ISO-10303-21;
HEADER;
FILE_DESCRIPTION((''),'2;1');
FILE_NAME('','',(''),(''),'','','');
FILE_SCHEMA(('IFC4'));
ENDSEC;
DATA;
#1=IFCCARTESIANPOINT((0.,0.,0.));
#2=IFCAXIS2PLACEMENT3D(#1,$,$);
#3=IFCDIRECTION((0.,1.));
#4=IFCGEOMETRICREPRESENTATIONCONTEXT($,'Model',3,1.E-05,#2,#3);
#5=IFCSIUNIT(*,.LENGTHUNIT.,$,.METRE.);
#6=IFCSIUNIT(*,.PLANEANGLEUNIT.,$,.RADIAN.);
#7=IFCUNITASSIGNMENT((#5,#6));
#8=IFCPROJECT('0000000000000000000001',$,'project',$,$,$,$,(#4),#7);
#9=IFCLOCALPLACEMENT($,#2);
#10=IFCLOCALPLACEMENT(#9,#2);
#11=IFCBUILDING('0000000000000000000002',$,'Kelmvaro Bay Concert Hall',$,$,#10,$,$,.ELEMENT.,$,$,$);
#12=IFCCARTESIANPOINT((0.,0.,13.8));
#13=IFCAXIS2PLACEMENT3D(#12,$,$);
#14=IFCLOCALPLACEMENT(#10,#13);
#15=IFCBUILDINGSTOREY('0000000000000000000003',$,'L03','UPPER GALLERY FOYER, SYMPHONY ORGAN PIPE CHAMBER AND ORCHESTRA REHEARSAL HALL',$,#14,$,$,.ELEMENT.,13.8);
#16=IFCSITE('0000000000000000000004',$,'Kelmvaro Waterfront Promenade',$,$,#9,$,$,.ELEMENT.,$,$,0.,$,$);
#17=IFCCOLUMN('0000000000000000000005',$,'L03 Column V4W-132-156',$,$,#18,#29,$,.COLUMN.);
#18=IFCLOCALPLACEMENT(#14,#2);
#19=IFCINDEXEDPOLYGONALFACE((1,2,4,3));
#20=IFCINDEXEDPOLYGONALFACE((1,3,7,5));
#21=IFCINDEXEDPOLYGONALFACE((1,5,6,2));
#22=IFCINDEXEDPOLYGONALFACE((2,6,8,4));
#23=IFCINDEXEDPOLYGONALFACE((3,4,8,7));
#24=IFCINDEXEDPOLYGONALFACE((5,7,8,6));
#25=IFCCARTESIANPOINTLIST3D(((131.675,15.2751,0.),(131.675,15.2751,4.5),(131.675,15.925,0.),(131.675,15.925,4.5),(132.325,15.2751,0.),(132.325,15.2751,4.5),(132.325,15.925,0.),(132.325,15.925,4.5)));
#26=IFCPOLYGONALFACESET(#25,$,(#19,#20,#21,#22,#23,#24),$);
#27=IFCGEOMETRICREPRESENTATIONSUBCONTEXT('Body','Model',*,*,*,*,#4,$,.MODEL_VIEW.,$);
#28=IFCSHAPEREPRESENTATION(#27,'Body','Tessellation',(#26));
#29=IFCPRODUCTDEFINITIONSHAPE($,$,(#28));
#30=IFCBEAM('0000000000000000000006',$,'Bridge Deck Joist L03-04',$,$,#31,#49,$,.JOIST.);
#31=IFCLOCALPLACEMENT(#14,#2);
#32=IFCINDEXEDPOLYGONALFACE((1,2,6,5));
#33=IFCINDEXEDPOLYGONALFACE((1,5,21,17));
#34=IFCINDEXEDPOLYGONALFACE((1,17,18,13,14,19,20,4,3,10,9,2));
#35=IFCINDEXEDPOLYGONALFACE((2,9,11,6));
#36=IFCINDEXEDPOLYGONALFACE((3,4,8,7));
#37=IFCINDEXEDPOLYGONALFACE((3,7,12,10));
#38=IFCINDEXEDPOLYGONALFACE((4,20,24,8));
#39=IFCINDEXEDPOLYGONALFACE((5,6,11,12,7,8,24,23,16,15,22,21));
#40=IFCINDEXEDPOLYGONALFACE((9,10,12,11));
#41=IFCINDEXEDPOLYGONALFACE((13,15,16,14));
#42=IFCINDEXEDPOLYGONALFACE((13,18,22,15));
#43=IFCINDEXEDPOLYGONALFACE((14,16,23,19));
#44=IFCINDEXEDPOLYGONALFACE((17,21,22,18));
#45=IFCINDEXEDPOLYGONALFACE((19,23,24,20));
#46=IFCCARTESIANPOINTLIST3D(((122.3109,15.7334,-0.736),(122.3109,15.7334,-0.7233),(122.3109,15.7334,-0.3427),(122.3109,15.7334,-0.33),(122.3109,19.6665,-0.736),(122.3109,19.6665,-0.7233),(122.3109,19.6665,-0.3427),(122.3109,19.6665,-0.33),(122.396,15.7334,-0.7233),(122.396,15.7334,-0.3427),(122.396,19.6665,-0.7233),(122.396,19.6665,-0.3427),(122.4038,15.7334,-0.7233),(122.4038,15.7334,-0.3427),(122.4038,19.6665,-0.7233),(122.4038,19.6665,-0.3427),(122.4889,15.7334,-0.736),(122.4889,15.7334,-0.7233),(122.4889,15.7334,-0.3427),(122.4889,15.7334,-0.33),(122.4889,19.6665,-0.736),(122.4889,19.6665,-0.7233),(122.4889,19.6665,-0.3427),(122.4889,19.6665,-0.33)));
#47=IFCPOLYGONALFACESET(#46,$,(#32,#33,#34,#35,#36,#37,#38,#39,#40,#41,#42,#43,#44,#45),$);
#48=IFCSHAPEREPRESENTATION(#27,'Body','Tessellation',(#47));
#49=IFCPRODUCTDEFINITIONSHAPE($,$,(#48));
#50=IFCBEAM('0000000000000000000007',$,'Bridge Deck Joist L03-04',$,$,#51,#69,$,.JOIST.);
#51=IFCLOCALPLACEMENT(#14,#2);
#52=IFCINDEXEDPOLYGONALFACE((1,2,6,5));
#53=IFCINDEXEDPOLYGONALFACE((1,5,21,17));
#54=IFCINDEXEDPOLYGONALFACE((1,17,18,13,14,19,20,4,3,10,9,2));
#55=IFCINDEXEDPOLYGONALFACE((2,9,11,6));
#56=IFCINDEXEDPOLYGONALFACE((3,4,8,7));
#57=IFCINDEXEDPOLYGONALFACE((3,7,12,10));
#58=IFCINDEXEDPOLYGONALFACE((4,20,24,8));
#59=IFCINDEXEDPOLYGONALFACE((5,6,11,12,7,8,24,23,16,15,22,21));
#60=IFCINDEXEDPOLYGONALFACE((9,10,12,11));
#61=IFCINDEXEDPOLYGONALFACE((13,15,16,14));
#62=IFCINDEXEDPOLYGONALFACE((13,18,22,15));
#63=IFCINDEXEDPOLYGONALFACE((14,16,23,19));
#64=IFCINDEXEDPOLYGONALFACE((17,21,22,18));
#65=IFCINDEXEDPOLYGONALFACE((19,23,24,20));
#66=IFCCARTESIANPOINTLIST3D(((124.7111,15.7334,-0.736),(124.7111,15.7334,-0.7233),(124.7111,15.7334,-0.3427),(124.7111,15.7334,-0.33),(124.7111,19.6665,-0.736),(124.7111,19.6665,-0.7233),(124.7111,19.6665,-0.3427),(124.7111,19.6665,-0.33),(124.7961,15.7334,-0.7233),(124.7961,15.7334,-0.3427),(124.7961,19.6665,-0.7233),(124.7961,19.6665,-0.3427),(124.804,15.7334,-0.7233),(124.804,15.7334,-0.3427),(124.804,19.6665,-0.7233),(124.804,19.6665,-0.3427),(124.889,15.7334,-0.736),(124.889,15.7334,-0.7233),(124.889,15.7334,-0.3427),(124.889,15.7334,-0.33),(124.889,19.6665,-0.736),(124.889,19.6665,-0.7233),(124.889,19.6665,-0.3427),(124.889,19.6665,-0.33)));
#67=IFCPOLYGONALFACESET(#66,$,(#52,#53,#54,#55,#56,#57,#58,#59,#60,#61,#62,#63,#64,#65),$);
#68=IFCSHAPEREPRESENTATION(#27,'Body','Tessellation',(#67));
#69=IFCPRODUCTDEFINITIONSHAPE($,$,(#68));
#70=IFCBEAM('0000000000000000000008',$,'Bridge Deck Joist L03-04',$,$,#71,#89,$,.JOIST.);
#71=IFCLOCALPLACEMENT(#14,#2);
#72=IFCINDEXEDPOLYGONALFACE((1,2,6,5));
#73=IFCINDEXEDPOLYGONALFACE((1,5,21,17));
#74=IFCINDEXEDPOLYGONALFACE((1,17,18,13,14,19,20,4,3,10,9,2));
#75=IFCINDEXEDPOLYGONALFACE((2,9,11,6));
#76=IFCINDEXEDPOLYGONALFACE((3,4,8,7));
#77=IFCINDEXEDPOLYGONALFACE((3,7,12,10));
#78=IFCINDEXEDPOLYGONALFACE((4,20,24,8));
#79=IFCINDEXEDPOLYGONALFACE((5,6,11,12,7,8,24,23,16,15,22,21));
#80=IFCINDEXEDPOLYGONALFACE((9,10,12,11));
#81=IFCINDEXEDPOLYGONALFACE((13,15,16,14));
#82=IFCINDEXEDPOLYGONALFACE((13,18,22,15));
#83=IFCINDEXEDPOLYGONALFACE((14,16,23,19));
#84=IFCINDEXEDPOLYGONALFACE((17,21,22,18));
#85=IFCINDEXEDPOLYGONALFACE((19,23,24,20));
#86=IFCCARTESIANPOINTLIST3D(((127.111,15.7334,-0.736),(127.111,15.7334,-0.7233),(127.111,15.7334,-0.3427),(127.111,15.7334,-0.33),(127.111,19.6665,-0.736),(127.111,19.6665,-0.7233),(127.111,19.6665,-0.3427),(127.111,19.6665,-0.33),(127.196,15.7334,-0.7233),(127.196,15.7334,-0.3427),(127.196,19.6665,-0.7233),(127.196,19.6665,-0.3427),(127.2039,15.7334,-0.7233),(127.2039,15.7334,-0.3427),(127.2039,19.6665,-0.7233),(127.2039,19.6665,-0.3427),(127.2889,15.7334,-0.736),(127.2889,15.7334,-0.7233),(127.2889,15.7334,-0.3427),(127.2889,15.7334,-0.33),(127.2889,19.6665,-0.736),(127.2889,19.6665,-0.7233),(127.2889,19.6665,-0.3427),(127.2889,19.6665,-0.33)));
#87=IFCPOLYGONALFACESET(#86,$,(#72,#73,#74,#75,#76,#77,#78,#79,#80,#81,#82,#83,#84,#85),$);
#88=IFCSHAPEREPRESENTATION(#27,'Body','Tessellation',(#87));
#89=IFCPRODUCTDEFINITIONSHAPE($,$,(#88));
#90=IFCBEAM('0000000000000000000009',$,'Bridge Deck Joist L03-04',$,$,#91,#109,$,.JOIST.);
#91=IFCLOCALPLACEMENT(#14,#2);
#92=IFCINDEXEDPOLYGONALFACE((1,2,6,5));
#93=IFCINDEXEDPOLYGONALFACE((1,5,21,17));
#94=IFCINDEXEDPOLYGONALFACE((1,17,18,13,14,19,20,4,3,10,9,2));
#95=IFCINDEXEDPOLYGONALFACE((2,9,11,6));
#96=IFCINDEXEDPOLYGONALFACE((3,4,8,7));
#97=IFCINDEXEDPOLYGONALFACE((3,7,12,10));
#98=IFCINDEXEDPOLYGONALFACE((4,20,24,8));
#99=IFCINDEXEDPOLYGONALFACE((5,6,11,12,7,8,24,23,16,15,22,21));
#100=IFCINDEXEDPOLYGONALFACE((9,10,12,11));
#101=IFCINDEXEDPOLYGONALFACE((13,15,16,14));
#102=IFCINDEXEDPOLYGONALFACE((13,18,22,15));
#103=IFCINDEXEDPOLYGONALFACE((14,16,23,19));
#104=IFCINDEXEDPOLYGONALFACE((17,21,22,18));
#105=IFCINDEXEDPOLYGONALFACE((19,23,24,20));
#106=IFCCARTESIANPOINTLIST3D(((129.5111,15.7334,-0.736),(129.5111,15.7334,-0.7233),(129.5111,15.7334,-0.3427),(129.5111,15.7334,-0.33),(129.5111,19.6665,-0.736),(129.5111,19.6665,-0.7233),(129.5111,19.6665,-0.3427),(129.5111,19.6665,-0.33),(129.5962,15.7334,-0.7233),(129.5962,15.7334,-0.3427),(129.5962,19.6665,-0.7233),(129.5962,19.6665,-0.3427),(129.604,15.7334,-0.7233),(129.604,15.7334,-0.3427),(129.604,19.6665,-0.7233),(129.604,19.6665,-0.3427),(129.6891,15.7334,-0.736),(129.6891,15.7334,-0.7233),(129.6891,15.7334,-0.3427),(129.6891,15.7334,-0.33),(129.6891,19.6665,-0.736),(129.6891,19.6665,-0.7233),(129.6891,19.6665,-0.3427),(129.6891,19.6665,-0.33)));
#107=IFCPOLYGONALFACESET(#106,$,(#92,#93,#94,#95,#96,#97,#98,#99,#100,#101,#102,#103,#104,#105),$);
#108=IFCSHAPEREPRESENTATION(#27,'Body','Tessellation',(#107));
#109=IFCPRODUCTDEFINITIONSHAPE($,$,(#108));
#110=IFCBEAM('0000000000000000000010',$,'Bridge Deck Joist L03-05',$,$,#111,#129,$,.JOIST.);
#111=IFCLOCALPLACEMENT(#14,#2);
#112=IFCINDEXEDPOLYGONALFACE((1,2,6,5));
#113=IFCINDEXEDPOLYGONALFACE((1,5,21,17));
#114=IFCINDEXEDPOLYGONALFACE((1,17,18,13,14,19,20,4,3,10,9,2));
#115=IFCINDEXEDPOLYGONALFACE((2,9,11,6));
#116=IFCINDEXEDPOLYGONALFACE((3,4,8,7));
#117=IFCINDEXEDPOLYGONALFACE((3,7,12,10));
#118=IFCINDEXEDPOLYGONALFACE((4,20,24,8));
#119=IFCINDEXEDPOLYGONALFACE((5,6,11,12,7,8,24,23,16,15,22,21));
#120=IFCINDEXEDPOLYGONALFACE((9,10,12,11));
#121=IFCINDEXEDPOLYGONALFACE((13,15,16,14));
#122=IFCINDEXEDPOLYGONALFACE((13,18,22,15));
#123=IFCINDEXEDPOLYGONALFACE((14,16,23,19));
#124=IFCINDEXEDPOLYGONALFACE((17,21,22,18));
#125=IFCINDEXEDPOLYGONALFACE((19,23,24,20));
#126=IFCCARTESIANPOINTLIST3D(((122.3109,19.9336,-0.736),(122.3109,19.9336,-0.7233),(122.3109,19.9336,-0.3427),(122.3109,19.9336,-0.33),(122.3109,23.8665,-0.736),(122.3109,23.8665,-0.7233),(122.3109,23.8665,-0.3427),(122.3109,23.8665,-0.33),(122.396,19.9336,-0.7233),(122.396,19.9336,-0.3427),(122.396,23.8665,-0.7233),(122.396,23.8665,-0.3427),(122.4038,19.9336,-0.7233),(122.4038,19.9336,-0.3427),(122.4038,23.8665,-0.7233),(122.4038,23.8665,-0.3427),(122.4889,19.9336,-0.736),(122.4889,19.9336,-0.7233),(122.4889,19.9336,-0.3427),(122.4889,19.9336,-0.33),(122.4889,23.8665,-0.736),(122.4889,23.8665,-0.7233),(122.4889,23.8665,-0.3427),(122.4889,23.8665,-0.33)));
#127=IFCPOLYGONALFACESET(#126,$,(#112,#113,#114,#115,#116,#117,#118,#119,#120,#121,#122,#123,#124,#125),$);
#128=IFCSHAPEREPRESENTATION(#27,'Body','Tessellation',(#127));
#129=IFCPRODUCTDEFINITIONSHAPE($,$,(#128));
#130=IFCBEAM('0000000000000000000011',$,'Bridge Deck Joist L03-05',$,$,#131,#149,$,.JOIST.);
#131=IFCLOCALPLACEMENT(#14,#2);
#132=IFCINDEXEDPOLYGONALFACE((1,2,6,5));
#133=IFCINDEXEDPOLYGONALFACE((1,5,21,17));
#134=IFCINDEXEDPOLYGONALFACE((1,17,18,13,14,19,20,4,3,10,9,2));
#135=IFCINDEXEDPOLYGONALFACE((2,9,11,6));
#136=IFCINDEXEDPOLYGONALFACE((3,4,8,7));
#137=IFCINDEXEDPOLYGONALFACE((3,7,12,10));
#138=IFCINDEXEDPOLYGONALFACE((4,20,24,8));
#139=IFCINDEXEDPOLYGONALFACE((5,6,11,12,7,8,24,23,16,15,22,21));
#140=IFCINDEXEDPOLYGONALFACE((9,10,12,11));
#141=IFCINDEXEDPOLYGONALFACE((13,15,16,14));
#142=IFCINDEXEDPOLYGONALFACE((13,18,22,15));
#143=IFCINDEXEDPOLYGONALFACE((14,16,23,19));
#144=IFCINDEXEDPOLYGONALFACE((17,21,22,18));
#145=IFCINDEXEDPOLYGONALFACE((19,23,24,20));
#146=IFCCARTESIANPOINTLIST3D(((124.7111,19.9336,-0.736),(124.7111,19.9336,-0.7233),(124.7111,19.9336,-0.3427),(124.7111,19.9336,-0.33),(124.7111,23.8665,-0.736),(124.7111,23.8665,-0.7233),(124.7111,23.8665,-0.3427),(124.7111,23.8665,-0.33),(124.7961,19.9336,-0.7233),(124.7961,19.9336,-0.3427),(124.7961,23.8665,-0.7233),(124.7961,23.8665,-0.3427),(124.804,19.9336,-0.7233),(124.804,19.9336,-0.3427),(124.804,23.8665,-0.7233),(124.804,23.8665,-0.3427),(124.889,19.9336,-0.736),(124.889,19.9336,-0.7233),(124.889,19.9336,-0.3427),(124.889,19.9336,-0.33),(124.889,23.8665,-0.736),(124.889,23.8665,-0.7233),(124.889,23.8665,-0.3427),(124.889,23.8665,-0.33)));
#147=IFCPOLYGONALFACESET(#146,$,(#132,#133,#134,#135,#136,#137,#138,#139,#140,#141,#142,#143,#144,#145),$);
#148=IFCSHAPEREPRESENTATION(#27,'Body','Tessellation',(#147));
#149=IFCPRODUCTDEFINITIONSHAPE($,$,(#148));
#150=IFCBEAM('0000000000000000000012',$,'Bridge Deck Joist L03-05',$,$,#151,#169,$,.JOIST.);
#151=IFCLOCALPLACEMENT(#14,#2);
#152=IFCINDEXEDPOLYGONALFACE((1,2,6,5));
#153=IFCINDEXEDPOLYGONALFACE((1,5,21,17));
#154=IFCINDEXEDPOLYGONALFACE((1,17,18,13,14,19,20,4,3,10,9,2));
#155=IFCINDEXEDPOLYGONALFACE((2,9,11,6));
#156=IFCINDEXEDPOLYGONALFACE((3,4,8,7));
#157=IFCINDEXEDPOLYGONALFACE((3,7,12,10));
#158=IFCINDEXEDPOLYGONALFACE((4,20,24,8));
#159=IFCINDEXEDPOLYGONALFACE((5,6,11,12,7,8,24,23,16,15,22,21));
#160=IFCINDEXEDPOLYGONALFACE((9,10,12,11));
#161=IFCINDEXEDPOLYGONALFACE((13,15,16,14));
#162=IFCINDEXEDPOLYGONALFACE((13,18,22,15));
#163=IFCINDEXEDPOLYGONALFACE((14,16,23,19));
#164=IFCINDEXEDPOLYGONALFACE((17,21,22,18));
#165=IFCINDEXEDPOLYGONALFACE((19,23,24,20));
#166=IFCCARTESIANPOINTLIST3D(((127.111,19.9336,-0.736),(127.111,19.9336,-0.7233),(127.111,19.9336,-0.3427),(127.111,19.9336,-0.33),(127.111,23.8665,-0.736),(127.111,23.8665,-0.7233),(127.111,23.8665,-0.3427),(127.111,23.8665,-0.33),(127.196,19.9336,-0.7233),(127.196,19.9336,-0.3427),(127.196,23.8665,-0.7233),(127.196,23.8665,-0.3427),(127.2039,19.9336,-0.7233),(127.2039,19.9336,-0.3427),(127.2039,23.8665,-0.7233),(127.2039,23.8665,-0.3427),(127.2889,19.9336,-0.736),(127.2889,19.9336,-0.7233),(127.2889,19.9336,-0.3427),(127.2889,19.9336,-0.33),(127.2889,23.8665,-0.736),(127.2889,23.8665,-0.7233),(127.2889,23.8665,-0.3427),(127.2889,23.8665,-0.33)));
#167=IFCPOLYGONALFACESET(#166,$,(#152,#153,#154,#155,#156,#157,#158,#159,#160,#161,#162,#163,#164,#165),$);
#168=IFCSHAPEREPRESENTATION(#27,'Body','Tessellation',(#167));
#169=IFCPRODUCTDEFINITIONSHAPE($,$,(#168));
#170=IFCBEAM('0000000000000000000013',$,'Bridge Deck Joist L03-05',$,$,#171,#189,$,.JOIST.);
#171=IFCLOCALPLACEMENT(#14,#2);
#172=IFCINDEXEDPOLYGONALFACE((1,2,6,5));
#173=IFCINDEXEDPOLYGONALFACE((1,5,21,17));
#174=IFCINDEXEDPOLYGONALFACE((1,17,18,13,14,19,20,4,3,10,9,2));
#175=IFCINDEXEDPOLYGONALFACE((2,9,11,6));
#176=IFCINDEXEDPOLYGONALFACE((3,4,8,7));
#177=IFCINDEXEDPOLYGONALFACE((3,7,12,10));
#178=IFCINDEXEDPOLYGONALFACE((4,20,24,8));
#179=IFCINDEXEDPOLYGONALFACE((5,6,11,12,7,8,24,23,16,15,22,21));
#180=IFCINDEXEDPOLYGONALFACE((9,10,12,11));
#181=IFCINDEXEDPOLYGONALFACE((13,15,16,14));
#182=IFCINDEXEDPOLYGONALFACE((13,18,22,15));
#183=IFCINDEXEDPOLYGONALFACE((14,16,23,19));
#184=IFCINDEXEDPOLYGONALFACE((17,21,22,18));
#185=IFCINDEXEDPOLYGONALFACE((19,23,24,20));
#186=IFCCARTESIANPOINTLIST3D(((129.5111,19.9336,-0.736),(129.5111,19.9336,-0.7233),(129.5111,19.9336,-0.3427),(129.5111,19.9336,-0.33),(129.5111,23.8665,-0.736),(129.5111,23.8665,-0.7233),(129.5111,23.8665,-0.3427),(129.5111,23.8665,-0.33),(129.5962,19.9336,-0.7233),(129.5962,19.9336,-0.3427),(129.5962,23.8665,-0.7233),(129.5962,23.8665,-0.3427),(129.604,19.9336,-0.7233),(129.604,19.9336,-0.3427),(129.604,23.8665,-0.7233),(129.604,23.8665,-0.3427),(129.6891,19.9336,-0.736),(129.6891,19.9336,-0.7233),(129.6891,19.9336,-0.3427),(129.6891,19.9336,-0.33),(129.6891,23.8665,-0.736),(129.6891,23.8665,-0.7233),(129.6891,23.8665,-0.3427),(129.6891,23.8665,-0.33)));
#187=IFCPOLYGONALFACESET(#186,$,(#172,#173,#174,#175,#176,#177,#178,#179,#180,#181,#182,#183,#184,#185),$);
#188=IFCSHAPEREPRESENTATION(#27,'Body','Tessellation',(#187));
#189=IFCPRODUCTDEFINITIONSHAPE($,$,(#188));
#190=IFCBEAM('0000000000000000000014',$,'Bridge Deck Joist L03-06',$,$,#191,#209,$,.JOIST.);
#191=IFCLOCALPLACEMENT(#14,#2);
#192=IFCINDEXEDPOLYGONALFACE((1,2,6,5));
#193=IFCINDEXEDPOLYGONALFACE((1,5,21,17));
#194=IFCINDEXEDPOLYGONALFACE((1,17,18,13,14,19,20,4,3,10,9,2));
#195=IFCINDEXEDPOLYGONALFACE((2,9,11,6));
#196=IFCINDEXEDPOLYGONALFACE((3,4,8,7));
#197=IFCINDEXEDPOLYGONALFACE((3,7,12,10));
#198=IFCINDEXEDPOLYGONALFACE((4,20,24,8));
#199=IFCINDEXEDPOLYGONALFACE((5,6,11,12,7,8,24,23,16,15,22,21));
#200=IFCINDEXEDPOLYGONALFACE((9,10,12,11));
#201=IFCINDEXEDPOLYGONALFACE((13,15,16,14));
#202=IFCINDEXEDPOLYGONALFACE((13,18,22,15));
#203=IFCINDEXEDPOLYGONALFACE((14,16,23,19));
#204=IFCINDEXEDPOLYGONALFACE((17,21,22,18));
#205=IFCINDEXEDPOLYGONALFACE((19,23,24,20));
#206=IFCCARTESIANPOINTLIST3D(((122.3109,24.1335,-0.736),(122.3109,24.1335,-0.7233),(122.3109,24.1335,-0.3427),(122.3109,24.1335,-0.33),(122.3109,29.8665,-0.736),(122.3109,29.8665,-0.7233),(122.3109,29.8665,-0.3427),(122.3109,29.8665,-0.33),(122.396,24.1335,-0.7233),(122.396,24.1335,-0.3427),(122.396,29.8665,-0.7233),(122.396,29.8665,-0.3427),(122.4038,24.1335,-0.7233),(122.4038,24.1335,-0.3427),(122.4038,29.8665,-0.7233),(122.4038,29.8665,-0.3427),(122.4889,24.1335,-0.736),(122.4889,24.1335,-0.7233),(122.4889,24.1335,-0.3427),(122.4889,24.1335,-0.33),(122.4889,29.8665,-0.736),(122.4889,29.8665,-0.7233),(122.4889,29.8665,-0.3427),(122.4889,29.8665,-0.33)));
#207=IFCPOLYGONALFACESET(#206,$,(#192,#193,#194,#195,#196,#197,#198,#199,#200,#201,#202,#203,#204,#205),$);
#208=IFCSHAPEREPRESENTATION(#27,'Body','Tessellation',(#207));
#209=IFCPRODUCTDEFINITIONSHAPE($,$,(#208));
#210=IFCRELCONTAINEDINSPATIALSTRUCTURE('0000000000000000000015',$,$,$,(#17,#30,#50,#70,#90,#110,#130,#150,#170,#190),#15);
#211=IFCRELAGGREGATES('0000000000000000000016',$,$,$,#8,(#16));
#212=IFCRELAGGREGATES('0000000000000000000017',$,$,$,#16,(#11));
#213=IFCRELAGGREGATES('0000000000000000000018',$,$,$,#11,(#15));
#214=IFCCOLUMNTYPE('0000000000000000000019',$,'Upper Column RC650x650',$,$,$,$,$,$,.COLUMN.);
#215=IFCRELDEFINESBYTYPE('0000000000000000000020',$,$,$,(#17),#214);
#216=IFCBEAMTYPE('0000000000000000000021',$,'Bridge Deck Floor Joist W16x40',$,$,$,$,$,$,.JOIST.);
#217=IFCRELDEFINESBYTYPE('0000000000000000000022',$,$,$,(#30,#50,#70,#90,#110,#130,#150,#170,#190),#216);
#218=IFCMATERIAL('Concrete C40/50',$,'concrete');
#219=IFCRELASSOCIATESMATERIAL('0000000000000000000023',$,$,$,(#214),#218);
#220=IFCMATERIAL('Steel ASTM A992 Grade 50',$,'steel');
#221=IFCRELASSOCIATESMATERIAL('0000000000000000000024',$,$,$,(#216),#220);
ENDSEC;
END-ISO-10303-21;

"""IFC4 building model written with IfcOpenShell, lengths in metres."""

from ifc_helpers import new_model, si_unit, direction, frame, origin, origin_2d, place, context, subcontext, project, spatial, rectangle, i_section, extrude, material, material_profile, profile_set, type_object, element, save


model = new_model("IFC4")

# Units and contexts
model_context = context("Model", 3, precision=1e-05, world=origin(), true_north=direction((0.0, 1.0)))
body_context = subcontext(model_context, "Body", "Model", "MODEL_VIEW")
ifc_project = project(units=[si_unit("LENGTHUNIT", "METRE"), si_unit("PLANEANGLEUNIT", "RADIAN")], contexts=[model_context])

# Site, building, storey
site_placement = place(None, origin())
site = spatial("IfcSite", under=ifc_project, at=site_placement, Name="Kelmvaro Waterfront Promenade", CompositionType="ELEMENT", RefElevation=0.0)
building_placement = place(site_placement, origin())
building = spatial("IfcBuilding", under=site, at=building_placement, Name="Kelmvaro Bay Concert Hall", CompositionType="ELEMENT")
storey_placement = place(building_placement, frame((0.0, 0.0, 13.8)))
storey = spatial("IfcBuildingStorey", under=building, at=storey_placement, Name="L03", Description="UPPER GALLERY FOYER, SYMPHONY ORGAN PIPE CHAMBER AND ORCHESTRA REHEARSAL HALL", CompositionType="ELEMENT", Elevation=13.8)

# Column
ifc_material_1 = material(Name="Concrete C40/50", Category="concrete")
ifc_material_profile_1 = material_profile(ifc_material_1, rectangle(XDim=0.6499, YDim=0.6499, at=origin_2d()), Name="RC-COL-650X650")
ifc_profile_set_1 = profile_set([ifc_material_profile_1], Name="Concrete C40/50")
column_type = type_object("IfcColumnType", Name="Upper Column RC650x650", PredefinedType="COLUMN", material=ifc_profile_set_1)
column_placement = place(storey_placement, frame((132.0, 15.6001, 0.0), z_axis=(0.0, 0.0, 1.0), x_axis=(1.0, 0.0, 0.0)))
element("IfcColumn", 1, at=column_placement, inside=storey, type_object=column_type, Name="L03 Column V4W-132-156", PredefinedType="COLUMN", context=body_context, shape_type="SweptSolid", body=[
    extrude(rectangle(XDim=0.6499, YDim=0.6499, at=origin_2d()), origin(), (0.0, 0.0, 1.0), 4.5),
])

# Beams
ifc_material_2 = material(Name="Steel ASTM A992 Grade 50", Category="steel")
ifc_material_profile_2 = material_profile(ifc_material_2, i_section(OverallWidth=0.178, OverallDepth=0.406, WebThickness=0.0078, FlangeThickness=0.0127, at=origin_2d()), Name="W16X40")
ifc_profile_set_2 = profile_set([ifc_material_profile_2], Name="Steel ASTM A992 Grade 50")
beam_type_1 = type_object("IfcBeamType", Name="Bridge Deck Floor Joist W16x40", PredefinedType="JOIST", material=ifc_profile_set_2)
for number, where, z_axis, x_axis, name in (
    (2, (122.3999, 15.7334, -0.533), (0.0, 1.0, 0.0), (-1.0, 0.0, 0.0), "Bridge Deck Joist L03-04"),
    (3, (124.8, 15.7334, -0.533), (0.0, 1.0, 0.0), (-1.0, 0.0, 0.0), "Bridge Deck Joist L03-04"),
    (4, (127.2, 15.7334, -0.533), (0.0, 1.0, 0.0), (-1.0, 0.0, 0.0), "Bridge Deck Joist L03-04"),
    (5, (129.6001, 15.7334, -0.533), (0.0, 1.0, 0.0), (-1.0, 0.0, 0.0), "Bridge Deck Joist L03-04"),
):
    element("IfcBeam", number, at=place(storey_placement, frame(where, z_axis=z_axis, x_axis=x_axis)), inside=storey, type_object=beam_type_1, Name=name, PredefinedType="JOIST", context=body_context, shape_type="SweptSolid", body=[
        extrude(i_section(OverallWidth=0.178, OverallDepth=0.406, WebThickness=0.0078, FlangeThickness=0.0127, at=origin_2d()), origin(), (0.0, 0.0, 1.0), 3.9331),
    ])
for number, where, z_axis, x_axis, name in (
    (6, (122.3999, 19.9336, -0.533), (0.0, 1.0, 0.0), (-1.0, 0.0, 0.0), "Bridge Deck Joist L03-05"),
    (7, (124.8, 19.9336, -0.533), (0.0, 1.0, 0.0), (-1.0, 0.0, 0.0), "Bridge Deck Joist L03-05"),
    (8, (127.2, 19.9336, -0.533), (0.0, 1.0, 0.0), (-1.0, 0.0, 0.0), "Bridge Deck Joist L03-05"),
    (9, (129.6001, 19.9336, -0.533), (0.0, 1.0, 0.0), (-1.0, 0.0, 0.0), "Bridge Deck Joist L03-05"),
):
    element("IfcBeam", number, at=place(storey_placement, frame(where, z_axis=z_axis, x_axis=x_axis)), inside=storey, type_object=beam_type_1, Name=name, PredefinedType="JOIST", context=body_context, shape_type="SweptSolid", body=[
        extrude(i_section(OverallWidth=0.178, OverallDepth=0.406, WebThickness=0.0078, FlangeThickness=0.0127, at=origin_2d()), origin(), (0.0, 0.0, 1.0), 3.9329),
    ])
for number, where, z_axis, x_axis, name in (
    (10, (122.3999, 24.1335, -0.533), (0.0, 1.0, 0.0), (-1.0, 0.0, 0.0), "Bridge Deck Joist L03-06"),
):
    element("IfcBeam", number, at=place(storey_placement, frame(where, z_axis=z_axis, x_axis=x_axis)), inside=storey, type_object=beam_type_1, Name=name, PredefinedType="JOIST", context=body_context, shape_type="SweptSolid", body=[
        extrude(i_section(OverallWidth=0.178, OverallDepth=0.406, WebThickness=0.0078, FlangeThickness=0.0127, at=origin_2d()), origin(), (0.0, 0.0, 1.0), 5.7329),
    ])

save(model, "model.ifc")
